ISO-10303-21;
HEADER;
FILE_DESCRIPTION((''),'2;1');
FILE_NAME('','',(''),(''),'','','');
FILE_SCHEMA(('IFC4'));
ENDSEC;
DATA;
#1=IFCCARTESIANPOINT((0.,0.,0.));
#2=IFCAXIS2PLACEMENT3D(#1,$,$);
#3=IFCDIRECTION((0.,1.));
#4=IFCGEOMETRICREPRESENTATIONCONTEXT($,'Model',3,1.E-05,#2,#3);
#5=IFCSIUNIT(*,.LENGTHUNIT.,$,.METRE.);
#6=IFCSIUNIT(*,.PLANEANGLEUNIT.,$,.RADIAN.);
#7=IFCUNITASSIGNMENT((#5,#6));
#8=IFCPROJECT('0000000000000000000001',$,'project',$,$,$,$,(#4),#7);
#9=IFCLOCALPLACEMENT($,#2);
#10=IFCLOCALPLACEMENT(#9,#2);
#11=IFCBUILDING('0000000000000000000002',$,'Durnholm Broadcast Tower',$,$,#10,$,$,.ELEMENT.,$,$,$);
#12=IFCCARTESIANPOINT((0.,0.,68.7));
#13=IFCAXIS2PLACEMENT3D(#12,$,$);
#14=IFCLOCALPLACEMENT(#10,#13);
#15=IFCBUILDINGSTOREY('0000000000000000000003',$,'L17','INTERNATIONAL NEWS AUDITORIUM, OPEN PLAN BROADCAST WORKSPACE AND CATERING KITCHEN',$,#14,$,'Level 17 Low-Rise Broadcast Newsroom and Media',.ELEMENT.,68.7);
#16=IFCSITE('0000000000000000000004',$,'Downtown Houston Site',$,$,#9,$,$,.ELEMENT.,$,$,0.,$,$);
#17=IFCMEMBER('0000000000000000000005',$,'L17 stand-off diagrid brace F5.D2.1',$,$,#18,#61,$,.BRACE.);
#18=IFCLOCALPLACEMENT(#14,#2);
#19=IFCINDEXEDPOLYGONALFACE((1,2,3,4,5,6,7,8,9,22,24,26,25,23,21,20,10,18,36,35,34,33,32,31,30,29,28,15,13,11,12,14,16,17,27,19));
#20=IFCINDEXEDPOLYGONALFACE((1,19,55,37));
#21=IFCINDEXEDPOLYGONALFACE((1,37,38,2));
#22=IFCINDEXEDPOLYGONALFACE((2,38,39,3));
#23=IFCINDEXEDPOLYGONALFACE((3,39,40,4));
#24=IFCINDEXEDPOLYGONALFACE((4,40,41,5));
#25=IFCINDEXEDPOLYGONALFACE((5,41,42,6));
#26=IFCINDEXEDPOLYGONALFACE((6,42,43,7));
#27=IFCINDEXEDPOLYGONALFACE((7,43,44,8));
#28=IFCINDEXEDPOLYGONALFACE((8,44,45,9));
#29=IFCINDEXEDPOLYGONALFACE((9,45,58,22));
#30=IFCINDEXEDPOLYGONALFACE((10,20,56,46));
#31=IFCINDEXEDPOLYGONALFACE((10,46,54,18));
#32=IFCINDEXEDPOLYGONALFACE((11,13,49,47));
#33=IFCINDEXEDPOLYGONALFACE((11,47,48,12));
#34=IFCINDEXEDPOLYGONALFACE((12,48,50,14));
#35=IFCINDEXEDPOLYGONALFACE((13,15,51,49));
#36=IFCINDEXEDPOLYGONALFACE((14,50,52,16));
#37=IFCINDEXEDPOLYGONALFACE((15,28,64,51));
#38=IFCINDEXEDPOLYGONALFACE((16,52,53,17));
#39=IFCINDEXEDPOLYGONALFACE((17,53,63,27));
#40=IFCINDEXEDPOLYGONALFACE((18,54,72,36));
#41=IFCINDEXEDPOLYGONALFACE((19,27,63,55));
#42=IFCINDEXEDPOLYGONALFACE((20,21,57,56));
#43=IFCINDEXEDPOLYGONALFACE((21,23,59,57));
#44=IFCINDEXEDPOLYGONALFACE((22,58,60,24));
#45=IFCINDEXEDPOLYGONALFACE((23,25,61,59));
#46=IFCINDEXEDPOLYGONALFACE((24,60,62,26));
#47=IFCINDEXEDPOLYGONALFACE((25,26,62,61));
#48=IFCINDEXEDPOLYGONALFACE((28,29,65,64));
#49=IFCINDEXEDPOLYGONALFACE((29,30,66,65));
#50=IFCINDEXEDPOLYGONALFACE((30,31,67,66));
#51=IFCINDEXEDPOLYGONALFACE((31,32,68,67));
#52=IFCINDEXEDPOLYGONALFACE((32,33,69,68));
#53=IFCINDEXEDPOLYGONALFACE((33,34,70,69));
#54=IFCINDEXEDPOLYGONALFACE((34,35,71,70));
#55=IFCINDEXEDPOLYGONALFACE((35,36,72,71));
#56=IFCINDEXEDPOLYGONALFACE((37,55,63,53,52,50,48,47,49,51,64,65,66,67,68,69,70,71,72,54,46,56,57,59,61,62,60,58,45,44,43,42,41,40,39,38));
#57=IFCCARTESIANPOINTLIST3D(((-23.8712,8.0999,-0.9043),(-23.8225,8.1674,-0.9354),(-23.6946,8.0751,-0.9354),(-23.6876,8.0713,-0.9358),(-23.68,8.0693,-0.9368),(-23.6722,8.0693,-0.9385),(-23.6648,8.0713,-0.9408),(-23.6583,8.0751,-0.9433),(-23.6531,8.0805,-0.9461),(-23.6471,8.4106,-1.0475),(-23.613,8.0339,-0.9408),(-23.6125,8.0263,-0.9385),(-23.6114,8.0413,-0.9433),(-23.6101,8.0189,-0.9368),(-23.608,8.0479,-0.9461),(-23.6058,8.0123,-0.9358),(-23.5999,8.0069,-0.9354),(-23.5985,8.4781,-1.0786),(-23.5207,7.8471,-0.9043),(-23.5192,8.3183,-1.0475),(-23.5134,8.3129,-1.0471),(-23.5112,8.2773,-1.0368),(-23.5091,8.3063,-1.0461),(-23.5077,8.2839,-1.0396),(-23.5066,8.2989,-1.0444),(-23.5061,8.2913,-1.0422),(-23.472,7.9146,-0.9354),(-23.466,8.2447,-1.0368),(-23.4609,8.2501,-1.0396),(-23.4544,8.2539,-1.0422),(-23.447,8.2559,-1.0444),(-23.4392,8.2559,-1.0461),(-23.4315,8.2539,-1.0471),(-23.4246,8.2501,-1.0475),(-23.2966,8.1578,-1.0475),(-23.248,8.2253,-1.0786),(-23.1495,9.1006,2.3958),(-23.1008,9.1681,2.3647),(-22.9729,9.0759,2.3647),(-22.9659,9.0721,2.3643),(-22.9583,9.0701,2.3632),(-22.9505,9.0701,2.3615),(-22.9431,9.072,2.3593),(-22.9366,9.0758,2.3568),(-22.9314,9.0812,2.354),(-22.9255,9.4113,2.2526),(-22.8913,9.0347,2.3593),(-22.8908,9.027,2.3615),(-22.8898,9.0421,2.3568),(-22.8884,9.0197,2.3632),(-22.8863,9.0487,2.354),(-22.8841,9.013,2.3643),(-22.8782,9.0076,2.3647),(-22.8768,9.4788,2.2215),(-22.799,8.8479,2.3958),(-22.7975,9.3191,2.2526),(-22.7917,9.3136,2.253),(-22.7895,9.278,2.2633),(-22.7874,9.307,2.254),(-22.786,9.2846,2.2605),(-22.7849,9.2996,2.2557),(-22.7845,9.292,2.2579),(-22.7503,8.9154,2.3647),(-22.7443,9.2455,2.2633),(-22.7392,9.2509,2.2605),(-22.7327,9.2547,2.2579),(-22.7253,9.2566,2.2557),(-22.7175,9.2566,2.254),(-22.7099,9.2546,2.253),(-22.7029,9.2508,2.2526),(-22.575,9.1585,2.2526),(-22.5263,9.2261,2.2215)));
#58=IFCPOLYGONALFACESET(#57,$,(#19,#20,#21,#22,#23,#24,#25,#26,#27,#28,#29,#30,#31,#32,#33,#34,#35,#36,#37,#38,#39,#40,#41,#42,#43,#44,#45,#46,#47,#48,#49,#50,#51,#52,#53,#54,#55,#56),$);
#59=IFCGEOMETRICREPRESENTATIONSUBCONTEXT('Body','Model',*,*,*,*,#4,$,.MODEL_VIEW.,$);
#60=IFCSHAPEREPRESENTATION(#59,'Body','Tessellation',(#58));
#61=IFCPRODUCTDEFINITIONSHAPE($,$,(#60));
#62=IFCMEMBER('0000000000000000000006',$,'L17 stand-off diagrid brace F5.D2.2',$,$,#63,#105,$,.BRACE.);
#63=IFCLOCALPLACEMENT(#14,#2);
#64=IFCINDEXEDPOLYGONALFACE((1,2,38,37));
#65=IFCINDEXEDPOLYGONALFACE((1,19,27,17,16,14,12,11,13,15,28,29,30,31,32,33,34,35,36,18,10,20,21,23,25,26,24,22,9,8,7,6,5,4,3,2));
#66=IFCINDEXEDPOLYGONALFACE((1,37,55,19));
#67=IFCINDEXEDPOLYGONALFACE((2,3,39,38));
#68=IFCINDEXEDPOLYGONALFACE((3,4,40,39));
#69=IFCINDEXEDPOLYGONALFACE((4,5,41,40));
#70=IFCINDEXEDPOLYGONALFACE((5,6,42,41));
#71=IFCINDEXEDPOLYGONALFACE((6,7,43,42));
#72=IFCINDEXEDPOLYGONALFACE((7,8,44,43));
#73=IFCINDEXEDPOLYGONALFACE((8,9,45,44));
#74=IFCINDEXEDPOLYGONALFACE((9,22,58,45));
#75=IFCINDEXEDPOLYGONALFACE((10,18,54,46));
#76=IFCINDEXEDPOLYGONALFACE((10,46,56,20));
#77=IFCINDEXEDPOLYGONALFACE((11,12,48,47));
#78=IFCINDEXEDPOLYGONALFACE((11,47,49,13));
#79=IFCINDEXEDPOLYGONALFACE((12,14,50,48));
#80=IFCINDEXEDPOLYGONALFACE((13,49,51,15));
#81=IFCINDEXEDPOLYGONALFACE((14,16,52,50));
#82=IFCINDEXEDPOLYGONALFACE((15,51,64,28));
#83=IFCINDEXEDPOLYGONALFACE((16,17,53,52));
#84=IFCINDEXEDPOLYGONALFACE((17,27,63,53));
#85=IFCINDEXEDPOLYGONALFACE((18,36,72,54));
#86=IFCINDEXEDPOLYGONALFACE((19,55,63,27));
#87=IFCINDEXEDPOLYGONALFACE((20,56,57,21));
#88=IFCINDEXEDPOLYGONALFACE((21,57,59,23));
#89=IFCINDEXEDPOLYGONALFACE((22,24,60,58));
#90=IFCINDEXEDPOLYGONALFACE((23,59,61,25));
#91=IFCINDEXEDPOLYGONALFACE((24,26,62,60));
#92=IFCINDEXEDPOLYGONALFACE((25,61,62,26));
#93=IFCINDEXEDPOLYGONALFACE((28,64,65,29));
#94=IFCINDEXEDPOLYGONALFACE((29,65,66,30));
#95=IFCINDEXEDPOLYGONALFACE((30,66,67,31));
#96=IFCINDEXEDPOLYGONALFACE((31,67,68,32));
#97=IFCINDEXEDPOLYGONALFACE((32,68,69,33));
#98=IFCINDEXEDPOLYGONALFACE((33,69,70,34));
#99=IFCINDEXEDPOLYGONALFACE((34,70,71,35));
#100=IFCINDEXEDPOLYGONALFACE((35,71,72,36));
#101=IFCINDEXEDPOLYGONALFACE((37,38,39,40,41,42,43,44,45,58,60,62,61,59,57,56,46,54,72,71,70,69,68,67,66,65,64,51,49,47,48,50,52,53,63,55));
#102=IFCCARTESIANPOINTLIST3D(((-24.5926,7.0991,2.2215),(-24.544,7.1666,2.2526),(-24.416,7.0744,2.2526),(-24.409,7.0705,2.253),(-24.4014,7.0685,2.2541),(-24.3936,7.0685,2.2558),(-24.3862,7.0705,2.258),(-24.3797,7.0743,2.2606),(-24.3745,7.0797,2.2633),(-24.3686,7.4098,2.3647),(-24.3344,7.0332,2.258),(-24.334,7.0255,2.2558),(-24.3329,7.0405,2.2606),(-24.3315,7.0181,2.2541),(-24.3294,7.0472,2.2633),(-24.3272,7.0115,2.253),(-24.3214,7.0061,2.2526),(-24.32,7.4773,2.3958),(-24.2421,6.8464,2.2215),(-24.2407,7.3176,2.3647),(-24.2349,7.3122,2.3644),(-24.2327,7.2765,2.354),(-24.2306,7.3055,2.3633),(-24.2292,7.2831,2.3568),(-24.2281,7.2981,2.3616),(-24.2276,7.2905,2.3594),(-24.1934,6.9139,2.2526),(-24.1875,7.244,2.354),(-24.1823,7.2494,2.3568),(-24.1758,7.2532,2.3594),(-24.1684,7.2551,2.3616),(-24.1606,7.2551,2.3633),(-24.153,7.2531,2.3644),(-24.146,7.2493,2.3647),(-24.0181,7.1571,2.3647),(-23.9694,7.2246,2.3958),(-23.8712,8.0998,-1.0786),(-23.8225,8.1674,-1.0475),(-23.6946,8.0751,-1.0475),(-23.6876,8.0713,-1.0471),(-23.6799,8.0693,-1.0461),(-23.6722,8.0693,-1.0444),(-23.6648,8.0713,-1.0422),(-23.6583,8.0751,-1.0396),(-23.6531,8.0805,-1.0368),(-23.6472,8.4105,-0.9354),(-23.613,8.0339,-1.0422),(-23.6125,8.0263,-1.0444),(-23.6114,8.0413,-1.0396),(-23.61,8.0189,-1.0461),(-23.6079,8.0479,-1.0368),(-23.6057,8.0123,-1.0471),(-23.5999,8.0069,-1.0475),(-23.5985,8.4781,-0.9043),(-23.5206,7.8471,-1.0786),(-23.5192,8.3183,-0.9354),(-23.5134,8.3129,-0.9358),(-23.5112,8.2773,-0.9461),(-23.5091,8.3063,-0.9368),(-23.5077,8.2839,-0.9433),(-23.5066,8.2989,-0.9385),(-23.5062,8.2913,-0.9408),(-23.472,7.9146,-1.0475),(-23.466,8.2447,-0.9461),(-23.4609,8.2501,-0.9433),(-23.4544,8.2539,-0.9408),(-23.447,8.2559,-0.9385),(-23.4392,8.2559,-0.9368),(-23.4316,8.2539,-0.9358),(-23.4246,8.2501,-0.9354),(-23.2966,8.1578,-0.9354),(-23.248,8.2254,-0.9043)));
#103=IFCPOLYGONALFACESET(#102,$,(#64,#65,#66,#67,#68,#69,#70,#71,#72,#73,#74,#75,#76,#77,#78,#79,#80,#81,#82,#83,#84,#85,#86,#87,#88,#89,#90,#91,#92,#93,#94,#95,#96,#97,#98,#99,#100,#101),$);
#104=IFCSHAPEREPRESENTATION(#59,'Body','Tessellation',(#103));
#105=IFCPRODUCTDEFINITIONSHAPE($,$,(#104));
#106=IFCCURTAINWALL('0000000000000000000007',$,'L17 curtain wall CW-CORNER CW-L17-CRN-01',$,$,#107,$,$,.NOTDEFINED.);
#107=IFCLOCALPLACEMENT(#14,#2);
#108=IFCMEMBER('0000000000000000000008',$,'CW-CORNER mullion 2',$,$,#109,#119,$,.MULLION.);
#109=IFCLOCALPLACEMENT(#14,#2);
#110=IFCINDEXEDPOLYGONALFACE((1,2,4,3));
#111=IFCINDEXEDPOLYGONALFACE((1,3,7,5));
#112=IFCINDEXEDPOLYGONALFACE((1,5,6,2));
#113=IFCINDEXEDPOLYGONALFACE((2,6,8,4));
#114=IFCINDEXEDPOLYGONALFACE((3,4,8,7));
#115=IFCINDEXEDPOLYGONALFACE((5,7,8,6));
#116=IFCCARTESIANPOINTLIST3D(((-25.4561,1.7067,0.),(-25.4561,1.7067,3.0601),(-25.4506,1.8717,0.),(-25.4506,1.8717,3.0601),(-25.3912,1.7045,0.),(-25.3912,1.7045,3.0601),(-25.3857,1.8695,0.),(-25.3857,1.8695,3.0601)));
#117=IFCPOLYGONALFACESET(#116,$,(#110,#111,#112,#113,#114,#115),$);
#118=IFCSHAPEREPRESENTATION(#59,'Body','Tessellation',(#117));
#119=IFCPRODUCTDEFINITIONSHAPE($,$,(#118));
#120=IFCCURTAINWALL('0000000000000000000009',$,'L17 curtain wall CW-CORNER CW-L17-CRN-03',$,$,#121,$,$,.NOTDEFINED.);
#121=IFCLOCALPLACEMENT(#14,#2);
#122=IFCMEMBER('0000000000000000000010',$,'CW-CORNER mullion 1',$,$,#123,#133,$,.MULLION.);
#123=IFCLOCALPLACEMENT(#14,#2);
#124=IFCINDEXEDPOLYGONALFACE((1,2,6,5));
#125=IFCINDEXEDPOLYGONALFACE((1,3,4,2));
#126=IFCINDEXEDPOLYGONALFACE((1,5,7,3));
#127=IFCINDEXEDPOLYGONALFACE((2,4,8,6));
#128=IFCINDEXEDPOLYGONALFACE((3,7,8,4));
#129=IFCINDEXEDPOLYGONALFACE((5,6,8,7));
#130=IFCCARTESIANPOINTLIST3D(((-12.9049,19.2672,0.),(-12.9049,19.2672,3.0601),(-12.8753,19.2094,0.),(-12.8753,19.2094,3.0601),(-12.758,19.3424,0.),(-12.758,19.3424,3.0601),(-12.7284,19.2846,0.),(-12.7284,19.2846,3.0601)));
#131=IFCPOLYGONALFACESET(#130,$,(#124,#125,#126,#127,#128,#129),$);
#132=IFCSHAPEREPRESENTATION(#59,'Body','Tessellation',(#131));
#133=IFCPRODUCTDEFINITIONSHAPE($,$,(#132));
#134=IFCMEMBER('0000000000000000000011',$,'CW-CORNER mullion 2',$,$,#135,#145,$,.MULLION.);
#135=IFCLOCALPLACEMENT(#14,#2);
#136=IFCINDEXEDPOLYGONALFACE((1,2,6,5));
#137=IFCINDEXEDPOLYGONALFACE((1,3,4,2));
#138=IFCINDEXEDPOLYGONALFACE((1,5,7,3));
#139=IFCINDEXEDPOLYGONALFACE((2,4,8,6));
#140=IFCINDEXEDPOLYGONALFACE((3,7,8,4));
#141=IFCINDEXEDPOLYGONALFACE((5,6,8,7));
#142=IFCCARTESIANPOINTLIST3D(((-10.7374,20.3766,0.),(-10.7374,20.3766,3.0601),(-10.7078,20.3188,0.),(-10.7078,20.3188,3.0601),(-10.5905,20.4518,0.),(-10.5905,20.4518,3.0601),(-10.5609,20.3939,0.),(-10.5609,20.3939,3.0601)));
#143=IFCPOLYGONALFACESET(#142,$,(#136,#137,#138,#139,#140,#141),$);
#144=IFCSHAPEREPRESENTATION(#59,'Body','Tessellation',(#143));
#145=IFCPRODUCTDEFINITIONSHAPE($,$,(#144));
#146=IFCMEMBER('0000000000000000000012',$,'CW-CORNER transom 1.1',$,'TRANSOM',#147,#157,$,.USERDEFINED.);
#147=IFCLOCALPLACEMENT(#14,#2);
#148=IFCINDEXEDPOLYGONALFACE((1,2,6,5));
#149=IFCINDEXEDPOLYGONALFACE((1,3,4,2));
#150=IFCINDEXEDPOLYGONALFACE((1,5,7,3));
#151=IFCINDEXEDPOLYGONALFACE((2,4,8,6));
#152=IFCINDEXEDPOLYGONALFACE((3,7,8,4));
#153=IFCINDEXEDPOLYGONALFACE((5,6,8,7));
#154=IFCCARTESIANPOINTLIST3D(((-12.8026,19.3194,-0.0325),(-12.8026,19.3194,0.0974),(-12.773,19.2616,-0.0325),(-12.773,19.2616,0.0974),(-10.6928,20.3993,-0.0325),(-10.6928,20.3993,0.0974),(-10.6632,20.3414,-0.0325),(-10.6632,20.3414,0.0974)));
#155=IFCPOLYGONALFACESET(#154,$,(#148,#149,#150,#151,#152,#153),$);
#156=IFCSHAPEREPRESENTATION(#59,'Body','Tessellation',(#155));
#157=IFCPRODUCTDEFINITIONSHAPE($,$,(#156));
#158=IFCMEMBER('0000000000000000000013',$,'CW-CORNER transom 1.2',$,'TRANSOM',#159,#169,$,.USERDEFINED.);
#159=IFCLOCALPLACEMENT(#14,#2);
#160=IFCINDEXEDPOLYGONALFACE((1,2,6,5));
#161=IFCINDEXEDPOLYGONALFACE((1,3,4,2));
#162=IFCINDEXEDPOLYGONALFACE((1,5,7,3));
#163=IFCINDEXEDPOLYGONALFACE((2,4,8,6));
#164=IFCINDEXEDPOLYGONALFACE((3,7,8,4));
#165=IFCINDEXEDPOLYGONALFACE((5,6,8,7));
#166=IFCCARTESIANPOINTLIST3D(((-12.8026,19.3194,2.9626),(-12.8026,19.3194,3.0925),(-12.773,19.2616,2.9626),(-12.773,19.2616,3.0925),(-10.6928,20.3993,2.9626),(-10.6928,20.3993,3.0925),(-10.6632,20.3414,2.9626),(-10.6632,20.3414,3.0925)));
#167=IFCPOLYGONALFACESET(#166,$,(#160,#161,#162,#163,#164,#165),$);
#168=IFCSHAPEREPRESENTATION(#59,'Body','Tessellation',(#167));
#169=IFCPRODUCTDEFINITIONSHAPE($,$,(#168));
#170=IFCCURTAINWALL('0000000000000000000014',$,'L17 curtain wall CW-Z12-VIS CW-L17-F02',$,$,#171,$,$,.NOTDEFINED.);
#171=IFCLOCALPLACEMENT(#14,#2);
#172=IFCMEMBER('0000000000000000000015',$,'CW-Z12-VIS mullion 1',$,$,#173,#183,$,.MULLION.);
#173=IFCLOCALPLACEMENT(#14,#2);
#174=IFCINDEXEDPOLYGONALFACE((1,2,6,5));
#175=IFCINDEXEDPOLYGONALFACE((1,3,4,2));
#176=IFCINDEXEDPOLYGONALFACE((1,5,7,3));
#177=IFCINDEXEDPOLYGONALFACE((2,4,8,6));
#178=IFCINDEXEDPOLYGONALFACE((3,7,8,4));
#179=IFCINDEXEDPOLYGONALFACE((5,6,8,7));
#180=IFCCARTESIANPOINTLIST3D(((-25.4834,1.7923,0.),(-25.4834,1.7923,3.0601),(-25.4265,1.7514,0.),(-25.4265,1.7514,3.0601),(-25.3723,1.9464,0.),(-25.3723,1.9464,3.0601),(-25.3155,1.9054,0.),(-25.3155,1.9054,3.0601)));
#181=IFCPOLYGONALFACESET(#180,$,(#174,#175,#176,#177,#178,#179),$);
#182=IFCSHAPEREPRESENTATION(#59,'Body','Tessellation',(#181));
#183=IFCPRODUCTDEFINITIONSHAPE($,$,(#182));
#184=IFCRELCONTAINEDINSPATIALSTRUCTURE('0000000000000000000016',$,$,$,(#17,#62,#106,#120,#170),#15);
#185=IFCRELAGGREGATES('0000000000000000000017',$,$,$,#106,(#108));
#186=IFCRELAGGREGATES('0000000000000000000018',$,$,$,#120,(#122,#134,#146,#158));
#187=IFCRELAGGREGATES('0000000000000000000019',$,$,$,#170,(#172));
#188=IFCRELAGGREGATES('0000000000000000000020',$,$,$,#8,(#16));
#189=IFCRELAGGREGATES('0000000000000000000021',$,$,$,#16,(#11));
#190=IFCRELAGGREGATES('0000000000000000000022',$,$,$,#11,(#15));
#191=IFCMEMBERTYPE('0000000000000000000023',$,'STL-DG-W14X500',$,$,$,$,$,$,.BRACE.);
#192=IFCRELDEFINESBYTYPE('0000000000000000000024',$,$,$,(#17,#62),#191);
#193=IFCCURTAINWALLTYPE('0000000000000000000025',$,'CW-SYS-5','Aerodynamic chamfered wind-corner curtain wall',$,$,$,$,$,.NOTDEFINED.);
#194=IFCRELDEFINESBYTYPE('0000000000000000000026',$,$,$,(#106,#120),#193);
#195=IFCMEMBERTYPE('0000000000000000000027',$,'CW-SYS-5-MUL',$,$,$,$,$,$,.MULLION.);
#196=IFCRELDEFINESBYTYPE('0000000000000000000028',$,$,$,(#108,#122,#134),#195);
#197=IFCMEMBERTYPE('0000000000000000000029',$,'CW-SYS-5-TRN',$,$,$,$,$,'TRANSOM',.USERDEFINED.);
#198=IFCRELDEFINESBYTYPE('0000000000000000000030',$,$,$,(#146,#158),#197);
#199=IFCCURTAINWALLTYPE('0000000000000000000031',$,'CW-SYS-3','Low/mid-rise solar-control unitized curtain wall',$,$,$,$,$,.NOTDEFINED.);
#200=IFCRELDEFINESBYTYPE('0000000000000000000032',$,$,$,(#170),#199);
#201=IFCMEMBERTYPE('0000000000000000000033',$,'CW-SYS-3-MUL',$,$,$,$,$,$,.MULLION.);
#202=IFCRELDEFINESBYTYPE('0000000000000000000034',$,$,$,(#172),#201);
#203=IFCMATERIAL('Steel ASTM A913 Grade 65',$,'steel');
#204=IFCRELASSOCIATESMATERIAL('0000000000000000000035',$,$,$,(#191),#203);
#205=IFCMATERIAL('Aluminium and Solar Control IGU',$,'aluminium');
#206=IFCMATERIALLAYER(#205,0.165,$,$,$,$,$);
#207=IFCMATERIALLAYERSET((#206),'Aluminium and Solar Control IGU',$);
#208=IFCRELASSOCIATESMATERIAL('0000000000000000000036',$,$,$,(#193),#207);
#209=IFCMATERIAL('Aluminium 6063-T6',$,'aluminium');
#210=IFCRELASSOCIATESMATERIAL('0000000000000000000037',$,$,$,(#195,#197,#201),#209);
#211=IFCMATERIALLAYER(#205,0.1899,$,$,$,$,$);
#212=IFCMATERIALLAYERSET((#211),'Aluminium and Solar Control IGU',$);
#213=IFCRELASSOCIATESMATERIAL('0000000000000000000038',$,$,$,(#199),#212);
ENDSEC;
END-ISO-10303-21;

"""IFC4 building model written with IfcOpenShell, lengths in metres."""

from ifc_helpers import new_model, si_unit, direction, frame, origin, origin_2d, place, context, subcontext, project, spatial, rectangle, i_section, extrude, source, transform, mapped, material, layer, layer_set, material_profile, profile_set, type_object, type_shapes, element, aggregate, save


model = new_model("IFC4")

# Units and contexts
model_context = context("Model", 3, precision=1e-05, world=origin(), true_north=direction((0.0, 1.0)))
body_context = subcontext(model_context, "Body", "Model", "MODEL_VIEW")
ifc_project = project(units=[si_unit("LENGTHUNIT", "METRE"), si_unit("PLANEANGLEUNIT", "RADIAN")], contexts=[model_context])

# Site, building, storey
site_placement = place(None, origin())
site = spatial("IfcSite", under=ifc_project, at=site_placement, Name="Downtown Houston Site", CompositionType="ELEMENT", RefElevation=0.0)
building_placement = place(site_placement, origin())
building = spatial("IfcBuilding", under=site, at=building_placement, Name="Durnholm Broadcast Tower", CompositionType="ELEMENT")
storey_placement = place(building_placement, frame((0.0, 0.0, 68.7)))
storey = spatial("IfcBuildingStorey", under=building, at=storey_placement, Name="L17", Description="INTERNATIONAL NEWS AUDITORIUM, OPEN PLAN BROADCAST WORKSPACE AND CATERING KITCHEN", LongName="Level 17 Low-Rise Broadcast Newsroom and Media", CompositionType="ELEMENT", Elevation=68.7)

# Members
ifc_material_1 = material(Name="Steel ASTM A913 Grade 65", Category="steel")
ifc_material_profile_1 = material_profile(ifc_material_1, i_section(OverallWidth=0.4321, OverallDepth=0.4978, WebThickness=0.0557, FlangeThickness=0.0889, FilletRadius=0.0305, at=origin_2d()), Name="W14X500")
ifc_profile_set_1 = profile_set([ifc_material_profile_1], Name="Steel ASTM A913 Grade 65")
member_type_1 = type_object("IfcMemberType", Name="STL-DG-W14X500", PredefinedType="BRACE", material=ifc_profile_set_1)
shared_shape_1 = source(origin(), body_context, "Body", "SweptSolid", [
    extrude(i_section(OverallWidth=0.4321, OverallDepth=0.4978, WebThickness=0.0557, FlangeThickness=0.0889, FilletRadius=0.0305, at=origin_2d()), origin(), (0.0, 0.0, 1.0), 3.5232),
])
type_shapes(member_type_1, [shared_shape_1])
for number, where, z_axis, x_axis, name in (
    (1, (-23.5596, 8.1626, -0.9915), (0.204839, 0.284045, 0.936675), (-0.811091, 0.58492, 0.0), "L17 stand-off diagrid brace F5.D2.1"),
    (2, (-23.5596, 8.1626, -0.9915), (-0.204773, -0.284049, 0.936688), (0.811185, -0.584789, 0.0), "L17 stand-off diagrid brace F5.D2.2"),
):
    element("IfcMember", number, at=place(storey_placement, frame(where, z_axis=z_axis, x_axis=x_axis)), inside=storey, type_object=member_type_1, Name=name, PredefinedType="BRACE", context=body_context, shape_type="MappedRepresentation", body=[
        mapped(shared_shape_1, transform((0.0, 0.0, 0.0), x_axis=(1.0, 0.0, 0.0), y_axis=(0.0, 1.0, 0.0), z_axis=(0.0, 0.0, 1.0), scale=1.0)),
    ])

# Curtain wall, member
ifc_material_2 = material(Name="Aluminium and Solar Control IGU", Category="aluminium")
ifc_layer_1 = layer(ifc_material_2, 0.165)
ifc_layer_set_1 = layer_set([ifc_layer_1], Name="Aluminium and Solar Control IGU")
curtain_wall_type_1 = type_object("IfcCurtainWallType", Name="CW-SYS-5", Description="Aerodynamic chamfered wind-corner curtain wall", PredefinedType="NOTDEFINED", material=ifc_layer_set_1)
curtain_wall_1_placement = place(storey_placement, origin())
curtain_wall_1 = element("IfcCurtainWall", 3, at=curtain_wall_1_placement, inside=storey, type_object=curtain_wall_type_1, Name="L17 curtain wall CW-CORNER CW-L17-CRN-01", PredefinedType="NOTDEFINED")
ifc_material_3 = material(Name="Aluminium 6063-T6", Category="aluminium")
ifc_material_profile_2 = material_profile(ifc_material_3, rectangle(XDim=0.0649, YDim=0.165, at=origin_2d()), Name="CWM65X165")
ifc_profile_set_2 = profile_set([ifc_material_profile_2], Name="Aluminium 6063-T6")
member_type_2 = type_object("IfcMemberType", Name="CW-SYS-5-MUL", PredefinedType="MULLION", material=ifc_profile_set_2)
shared_shape_2 = source(origin(), body_context, "Body", "SweptSolid", [
    extrude(rectangle(XDim=0.0649, YDim=0.165, at=origin_2d()), origin(), (0.0, 0.0, 1.0), 3.0601),
])
type_shapes(member_type_2, [shared_shape_2])
member_1_placement = place(storey_placement, frame((-25.4209, 1.7881, 0.0), z_axis=(0.0, 0.0, 1.0), x_axis=(-0.999427, 0.03384, 0.0)))
member_1 = element("IfcMember", 4, at=member_1_placement, type_object=member_type_2, Name="CW-CORNER mullion 2", PredefinedType="MULLION", context=body_context, shape_type="MappedRepresentation", body=[
    mapped(shared_shape_2, transform((0.0, 0.0, 0.0), x_axis=(1.0, 0.0, 0.0), y_axis=(0.0, 1.0, 0.0), z_axis=(0.0, 0.0, 1.0), scale=1.0)),
])

# Curtain walls, members
curtain_wall_2_placement = place(storey_placement, origin())
curtain_wall_2 = element("IfcCurtainWall", 5, at=curtain_wall_2_placement, inside=storey, type_object=curtain_wall_type_1, Name="L17 curtain wall CW-CORNER CW-L17-CRN-03", PredefinedType="NOTDEFINED")
member_2_placement = place(storey_placement, frame((-12.8167, 19.2759, 0.0), z_axis=(0.0, 0.0, 1.0), x_axis=(-0.455594, 0.890188, 0.0)))
member_2 = element("IfcMember", 6, at=member_2_placement, type_object=member_type_2, Name="CW-CORNER mullion 1", PredefinedType="MULLION", context=body_context, shape_type="MappedRepresentation", body=[
    mapped(shared_shape_2, transform((0.0, 0.0, 0.0), x_axis=(1.0, 0.0, 0.0), y_axis=(0.0, 1.0, 0.0), z_axis=(0.0, 0.0, 1.0), scale=1.0)),
])
member_3_placement = place(storey_placement, frame((-10.6492, 20.3853, 0.0), z_axis=(0.0, 0.0, 1.0), x_axis=(-0.455594, 0.890188, 0.0)))
member_3 = element("IfcMember", 7, at=member_3_placement, type_object=member_type_2, Name="CW-CORNER mullion 2", PredefinedType="MULLION", context=body_context, shape_type="MappedRepresentation", body=[
    mapped(shared_shape_2, transform((0.0, 0.0, 0.0), x_axis=(1.0, 0.0, 0.0), y_axis=(0.0, 1.0, 0.0), z_axis=(0.0, 0.0, 1.0), scale=1.0)),
])
ifc_material_profile_3 = material_profile(ifc_material_3, rectangle(XDim=0.0649, YDim=0.1299, at=origin_2d()), Name="CWT65X130")
ifc_profile_set_3 = profile_set([ifc_material_profile_3], Name="Aluminium 6063-T6")
member_type_3 = type_object("IfcMemberType", Name="CW-SYS-5-TRN", ElementType="TRANSOM", PredefinedType="USERDEFINED", material=ifc_profile_set_3)
shared_shape_3 = source(origin(), body_context, "Body", "SweptSolid", [
    extrude(rectangle(XDim=0.0649, YDim=0.1299, at=origin_2d()), origin(), (0.0, 0.0, 1.0), 2.3701),
])
type_shapes(member_type_3, [shared_shape_3])
member_4_placement = place(storey_placement, frame((-12.7878, 19.2905, 0.0325), z_axis=(0.890185, 0.455599, 0.0), x_axis=(-0.455599, 0.890185, 0.0)))
member_4 = element("IfcMember", 8, at=member_4_placement, type_object=member_type_3, Name="CW-CORNER transom 1.1", ObjectType="TRANSOM", PredefinedType="USERDEFINED", context=body_context, shape_type="MappedRepresentation", body=[
    mapped(shared_shape_3, transform((0.0, 0.0, 0.0), x_axis=(1.0, 0.0, 0.0), y_axis=(0.0, 1.0, 0.0), z_axis=(0.0, 0.0, 1.0), scale=1.0)),
])
member_5_placement = place(storey_placement, frame((-12.7878, 19.2905, 3.0276), z_axis=(0.890185, 0.455599, 0.0), x_axis=(-0.455599, 0.890185, 0.0)))
member_5 = element("IfcMember", 9, at=member_5_placement, type_object=member_type_3, Name="CW-CORNER transom 1.2", ObjectType="TRANSOM", PredefinedType="USERDEFINED", context=body_context, shape_type="MappedRepresentation", body=[
    mapped(shared_shape_3, transform((0.0, 0.0, 0.0), x_axis=(1.0, 0.0, 0.0), y_axis=(0.0, 1.0, 0.0), z_axis=(0.0, 0.0, 1.0), scale=1.0)),
])
ifc_layer_2 = layer(ifc_material_2, 0.1899)
ifc_layer_set_2 = layer_set([ifc_layer_2], Name="Aluminium and Solar Control IGU")
curtain_wall_type_2 = type_object("IfcCurtainWallType", Name="CW-SYS-3", Description="Low/mid-rise solar-control unitized curtain wall", PredefinedType="NOTDEFINED", material=ifc_layer_set_2)
curtain_wall_3_placement = place(storey_placement, origin())
curtain_wall_3 = element("IfcCurtainWall", 10, at=curtain_wall_3_placement, inside=storey, type_object=curtain_wall_type_2, Name="L17 curtain wall CW-Z12-VIS CW-L17-F02", PredefinedType="NOTDEFINED")
ifc_material_profile_4 = material_profile(ifc_material_3, rectangle(XDim=0.0701, YDim=0.1899, at=origin_2d()), Name="CWM70X190")
ifc_profile_set_4 = profile_set([ifc_material_profile_4], Name="Aluminium 6063-T6")
member_type_4 = type_object("IfcMemberType", Name="CW-SYS-3-MUL", PredefinedType="MULLION", material=ifc_profile_set_4)
shared_shape_4 = source(origin(), body_context, "Body", "SweptSolid", [
    extrude(rectangle(XDim=0.0701, YDim=0.1899, at=origin_2d()), origin(), (0.0, 0.0, 1.0), 3.0601),
])
type_shapes(member_type_4, [shared_shape_4])
member_6_placement = place(storey_placement, frame((-25.3994, 1.8489, 0.0), z_axis=(0.0, 0.0, 1.0), x_axis=(-0.811161, 0.584823, 0.0)))
member_6 = element("IfcMember", 11, at=member_6_placement, type_object=member_type_4, Name="CW-Z12-VIS mullion 1", PredefinedType="MULLION", context=body_context, shape_type="MappedRepresentation", body=[
    mapped(shared_shape_4, transform((0.0, 0.0, 0.0), x_axis=(1.0, 0.0, 0.0), y_axis=(0.0, 1.0, 0.0), z_axis=(0.0, 0.0, 1.0), scale=1.0)),
])

aggregate(curtain_wall_1, [member_1])
aggregate(curtain_wall_2, [member_2, member_3, member_4, member_5])
aggregate(curtain_wall_3, [member_6])

save(model, "model.ifc")
